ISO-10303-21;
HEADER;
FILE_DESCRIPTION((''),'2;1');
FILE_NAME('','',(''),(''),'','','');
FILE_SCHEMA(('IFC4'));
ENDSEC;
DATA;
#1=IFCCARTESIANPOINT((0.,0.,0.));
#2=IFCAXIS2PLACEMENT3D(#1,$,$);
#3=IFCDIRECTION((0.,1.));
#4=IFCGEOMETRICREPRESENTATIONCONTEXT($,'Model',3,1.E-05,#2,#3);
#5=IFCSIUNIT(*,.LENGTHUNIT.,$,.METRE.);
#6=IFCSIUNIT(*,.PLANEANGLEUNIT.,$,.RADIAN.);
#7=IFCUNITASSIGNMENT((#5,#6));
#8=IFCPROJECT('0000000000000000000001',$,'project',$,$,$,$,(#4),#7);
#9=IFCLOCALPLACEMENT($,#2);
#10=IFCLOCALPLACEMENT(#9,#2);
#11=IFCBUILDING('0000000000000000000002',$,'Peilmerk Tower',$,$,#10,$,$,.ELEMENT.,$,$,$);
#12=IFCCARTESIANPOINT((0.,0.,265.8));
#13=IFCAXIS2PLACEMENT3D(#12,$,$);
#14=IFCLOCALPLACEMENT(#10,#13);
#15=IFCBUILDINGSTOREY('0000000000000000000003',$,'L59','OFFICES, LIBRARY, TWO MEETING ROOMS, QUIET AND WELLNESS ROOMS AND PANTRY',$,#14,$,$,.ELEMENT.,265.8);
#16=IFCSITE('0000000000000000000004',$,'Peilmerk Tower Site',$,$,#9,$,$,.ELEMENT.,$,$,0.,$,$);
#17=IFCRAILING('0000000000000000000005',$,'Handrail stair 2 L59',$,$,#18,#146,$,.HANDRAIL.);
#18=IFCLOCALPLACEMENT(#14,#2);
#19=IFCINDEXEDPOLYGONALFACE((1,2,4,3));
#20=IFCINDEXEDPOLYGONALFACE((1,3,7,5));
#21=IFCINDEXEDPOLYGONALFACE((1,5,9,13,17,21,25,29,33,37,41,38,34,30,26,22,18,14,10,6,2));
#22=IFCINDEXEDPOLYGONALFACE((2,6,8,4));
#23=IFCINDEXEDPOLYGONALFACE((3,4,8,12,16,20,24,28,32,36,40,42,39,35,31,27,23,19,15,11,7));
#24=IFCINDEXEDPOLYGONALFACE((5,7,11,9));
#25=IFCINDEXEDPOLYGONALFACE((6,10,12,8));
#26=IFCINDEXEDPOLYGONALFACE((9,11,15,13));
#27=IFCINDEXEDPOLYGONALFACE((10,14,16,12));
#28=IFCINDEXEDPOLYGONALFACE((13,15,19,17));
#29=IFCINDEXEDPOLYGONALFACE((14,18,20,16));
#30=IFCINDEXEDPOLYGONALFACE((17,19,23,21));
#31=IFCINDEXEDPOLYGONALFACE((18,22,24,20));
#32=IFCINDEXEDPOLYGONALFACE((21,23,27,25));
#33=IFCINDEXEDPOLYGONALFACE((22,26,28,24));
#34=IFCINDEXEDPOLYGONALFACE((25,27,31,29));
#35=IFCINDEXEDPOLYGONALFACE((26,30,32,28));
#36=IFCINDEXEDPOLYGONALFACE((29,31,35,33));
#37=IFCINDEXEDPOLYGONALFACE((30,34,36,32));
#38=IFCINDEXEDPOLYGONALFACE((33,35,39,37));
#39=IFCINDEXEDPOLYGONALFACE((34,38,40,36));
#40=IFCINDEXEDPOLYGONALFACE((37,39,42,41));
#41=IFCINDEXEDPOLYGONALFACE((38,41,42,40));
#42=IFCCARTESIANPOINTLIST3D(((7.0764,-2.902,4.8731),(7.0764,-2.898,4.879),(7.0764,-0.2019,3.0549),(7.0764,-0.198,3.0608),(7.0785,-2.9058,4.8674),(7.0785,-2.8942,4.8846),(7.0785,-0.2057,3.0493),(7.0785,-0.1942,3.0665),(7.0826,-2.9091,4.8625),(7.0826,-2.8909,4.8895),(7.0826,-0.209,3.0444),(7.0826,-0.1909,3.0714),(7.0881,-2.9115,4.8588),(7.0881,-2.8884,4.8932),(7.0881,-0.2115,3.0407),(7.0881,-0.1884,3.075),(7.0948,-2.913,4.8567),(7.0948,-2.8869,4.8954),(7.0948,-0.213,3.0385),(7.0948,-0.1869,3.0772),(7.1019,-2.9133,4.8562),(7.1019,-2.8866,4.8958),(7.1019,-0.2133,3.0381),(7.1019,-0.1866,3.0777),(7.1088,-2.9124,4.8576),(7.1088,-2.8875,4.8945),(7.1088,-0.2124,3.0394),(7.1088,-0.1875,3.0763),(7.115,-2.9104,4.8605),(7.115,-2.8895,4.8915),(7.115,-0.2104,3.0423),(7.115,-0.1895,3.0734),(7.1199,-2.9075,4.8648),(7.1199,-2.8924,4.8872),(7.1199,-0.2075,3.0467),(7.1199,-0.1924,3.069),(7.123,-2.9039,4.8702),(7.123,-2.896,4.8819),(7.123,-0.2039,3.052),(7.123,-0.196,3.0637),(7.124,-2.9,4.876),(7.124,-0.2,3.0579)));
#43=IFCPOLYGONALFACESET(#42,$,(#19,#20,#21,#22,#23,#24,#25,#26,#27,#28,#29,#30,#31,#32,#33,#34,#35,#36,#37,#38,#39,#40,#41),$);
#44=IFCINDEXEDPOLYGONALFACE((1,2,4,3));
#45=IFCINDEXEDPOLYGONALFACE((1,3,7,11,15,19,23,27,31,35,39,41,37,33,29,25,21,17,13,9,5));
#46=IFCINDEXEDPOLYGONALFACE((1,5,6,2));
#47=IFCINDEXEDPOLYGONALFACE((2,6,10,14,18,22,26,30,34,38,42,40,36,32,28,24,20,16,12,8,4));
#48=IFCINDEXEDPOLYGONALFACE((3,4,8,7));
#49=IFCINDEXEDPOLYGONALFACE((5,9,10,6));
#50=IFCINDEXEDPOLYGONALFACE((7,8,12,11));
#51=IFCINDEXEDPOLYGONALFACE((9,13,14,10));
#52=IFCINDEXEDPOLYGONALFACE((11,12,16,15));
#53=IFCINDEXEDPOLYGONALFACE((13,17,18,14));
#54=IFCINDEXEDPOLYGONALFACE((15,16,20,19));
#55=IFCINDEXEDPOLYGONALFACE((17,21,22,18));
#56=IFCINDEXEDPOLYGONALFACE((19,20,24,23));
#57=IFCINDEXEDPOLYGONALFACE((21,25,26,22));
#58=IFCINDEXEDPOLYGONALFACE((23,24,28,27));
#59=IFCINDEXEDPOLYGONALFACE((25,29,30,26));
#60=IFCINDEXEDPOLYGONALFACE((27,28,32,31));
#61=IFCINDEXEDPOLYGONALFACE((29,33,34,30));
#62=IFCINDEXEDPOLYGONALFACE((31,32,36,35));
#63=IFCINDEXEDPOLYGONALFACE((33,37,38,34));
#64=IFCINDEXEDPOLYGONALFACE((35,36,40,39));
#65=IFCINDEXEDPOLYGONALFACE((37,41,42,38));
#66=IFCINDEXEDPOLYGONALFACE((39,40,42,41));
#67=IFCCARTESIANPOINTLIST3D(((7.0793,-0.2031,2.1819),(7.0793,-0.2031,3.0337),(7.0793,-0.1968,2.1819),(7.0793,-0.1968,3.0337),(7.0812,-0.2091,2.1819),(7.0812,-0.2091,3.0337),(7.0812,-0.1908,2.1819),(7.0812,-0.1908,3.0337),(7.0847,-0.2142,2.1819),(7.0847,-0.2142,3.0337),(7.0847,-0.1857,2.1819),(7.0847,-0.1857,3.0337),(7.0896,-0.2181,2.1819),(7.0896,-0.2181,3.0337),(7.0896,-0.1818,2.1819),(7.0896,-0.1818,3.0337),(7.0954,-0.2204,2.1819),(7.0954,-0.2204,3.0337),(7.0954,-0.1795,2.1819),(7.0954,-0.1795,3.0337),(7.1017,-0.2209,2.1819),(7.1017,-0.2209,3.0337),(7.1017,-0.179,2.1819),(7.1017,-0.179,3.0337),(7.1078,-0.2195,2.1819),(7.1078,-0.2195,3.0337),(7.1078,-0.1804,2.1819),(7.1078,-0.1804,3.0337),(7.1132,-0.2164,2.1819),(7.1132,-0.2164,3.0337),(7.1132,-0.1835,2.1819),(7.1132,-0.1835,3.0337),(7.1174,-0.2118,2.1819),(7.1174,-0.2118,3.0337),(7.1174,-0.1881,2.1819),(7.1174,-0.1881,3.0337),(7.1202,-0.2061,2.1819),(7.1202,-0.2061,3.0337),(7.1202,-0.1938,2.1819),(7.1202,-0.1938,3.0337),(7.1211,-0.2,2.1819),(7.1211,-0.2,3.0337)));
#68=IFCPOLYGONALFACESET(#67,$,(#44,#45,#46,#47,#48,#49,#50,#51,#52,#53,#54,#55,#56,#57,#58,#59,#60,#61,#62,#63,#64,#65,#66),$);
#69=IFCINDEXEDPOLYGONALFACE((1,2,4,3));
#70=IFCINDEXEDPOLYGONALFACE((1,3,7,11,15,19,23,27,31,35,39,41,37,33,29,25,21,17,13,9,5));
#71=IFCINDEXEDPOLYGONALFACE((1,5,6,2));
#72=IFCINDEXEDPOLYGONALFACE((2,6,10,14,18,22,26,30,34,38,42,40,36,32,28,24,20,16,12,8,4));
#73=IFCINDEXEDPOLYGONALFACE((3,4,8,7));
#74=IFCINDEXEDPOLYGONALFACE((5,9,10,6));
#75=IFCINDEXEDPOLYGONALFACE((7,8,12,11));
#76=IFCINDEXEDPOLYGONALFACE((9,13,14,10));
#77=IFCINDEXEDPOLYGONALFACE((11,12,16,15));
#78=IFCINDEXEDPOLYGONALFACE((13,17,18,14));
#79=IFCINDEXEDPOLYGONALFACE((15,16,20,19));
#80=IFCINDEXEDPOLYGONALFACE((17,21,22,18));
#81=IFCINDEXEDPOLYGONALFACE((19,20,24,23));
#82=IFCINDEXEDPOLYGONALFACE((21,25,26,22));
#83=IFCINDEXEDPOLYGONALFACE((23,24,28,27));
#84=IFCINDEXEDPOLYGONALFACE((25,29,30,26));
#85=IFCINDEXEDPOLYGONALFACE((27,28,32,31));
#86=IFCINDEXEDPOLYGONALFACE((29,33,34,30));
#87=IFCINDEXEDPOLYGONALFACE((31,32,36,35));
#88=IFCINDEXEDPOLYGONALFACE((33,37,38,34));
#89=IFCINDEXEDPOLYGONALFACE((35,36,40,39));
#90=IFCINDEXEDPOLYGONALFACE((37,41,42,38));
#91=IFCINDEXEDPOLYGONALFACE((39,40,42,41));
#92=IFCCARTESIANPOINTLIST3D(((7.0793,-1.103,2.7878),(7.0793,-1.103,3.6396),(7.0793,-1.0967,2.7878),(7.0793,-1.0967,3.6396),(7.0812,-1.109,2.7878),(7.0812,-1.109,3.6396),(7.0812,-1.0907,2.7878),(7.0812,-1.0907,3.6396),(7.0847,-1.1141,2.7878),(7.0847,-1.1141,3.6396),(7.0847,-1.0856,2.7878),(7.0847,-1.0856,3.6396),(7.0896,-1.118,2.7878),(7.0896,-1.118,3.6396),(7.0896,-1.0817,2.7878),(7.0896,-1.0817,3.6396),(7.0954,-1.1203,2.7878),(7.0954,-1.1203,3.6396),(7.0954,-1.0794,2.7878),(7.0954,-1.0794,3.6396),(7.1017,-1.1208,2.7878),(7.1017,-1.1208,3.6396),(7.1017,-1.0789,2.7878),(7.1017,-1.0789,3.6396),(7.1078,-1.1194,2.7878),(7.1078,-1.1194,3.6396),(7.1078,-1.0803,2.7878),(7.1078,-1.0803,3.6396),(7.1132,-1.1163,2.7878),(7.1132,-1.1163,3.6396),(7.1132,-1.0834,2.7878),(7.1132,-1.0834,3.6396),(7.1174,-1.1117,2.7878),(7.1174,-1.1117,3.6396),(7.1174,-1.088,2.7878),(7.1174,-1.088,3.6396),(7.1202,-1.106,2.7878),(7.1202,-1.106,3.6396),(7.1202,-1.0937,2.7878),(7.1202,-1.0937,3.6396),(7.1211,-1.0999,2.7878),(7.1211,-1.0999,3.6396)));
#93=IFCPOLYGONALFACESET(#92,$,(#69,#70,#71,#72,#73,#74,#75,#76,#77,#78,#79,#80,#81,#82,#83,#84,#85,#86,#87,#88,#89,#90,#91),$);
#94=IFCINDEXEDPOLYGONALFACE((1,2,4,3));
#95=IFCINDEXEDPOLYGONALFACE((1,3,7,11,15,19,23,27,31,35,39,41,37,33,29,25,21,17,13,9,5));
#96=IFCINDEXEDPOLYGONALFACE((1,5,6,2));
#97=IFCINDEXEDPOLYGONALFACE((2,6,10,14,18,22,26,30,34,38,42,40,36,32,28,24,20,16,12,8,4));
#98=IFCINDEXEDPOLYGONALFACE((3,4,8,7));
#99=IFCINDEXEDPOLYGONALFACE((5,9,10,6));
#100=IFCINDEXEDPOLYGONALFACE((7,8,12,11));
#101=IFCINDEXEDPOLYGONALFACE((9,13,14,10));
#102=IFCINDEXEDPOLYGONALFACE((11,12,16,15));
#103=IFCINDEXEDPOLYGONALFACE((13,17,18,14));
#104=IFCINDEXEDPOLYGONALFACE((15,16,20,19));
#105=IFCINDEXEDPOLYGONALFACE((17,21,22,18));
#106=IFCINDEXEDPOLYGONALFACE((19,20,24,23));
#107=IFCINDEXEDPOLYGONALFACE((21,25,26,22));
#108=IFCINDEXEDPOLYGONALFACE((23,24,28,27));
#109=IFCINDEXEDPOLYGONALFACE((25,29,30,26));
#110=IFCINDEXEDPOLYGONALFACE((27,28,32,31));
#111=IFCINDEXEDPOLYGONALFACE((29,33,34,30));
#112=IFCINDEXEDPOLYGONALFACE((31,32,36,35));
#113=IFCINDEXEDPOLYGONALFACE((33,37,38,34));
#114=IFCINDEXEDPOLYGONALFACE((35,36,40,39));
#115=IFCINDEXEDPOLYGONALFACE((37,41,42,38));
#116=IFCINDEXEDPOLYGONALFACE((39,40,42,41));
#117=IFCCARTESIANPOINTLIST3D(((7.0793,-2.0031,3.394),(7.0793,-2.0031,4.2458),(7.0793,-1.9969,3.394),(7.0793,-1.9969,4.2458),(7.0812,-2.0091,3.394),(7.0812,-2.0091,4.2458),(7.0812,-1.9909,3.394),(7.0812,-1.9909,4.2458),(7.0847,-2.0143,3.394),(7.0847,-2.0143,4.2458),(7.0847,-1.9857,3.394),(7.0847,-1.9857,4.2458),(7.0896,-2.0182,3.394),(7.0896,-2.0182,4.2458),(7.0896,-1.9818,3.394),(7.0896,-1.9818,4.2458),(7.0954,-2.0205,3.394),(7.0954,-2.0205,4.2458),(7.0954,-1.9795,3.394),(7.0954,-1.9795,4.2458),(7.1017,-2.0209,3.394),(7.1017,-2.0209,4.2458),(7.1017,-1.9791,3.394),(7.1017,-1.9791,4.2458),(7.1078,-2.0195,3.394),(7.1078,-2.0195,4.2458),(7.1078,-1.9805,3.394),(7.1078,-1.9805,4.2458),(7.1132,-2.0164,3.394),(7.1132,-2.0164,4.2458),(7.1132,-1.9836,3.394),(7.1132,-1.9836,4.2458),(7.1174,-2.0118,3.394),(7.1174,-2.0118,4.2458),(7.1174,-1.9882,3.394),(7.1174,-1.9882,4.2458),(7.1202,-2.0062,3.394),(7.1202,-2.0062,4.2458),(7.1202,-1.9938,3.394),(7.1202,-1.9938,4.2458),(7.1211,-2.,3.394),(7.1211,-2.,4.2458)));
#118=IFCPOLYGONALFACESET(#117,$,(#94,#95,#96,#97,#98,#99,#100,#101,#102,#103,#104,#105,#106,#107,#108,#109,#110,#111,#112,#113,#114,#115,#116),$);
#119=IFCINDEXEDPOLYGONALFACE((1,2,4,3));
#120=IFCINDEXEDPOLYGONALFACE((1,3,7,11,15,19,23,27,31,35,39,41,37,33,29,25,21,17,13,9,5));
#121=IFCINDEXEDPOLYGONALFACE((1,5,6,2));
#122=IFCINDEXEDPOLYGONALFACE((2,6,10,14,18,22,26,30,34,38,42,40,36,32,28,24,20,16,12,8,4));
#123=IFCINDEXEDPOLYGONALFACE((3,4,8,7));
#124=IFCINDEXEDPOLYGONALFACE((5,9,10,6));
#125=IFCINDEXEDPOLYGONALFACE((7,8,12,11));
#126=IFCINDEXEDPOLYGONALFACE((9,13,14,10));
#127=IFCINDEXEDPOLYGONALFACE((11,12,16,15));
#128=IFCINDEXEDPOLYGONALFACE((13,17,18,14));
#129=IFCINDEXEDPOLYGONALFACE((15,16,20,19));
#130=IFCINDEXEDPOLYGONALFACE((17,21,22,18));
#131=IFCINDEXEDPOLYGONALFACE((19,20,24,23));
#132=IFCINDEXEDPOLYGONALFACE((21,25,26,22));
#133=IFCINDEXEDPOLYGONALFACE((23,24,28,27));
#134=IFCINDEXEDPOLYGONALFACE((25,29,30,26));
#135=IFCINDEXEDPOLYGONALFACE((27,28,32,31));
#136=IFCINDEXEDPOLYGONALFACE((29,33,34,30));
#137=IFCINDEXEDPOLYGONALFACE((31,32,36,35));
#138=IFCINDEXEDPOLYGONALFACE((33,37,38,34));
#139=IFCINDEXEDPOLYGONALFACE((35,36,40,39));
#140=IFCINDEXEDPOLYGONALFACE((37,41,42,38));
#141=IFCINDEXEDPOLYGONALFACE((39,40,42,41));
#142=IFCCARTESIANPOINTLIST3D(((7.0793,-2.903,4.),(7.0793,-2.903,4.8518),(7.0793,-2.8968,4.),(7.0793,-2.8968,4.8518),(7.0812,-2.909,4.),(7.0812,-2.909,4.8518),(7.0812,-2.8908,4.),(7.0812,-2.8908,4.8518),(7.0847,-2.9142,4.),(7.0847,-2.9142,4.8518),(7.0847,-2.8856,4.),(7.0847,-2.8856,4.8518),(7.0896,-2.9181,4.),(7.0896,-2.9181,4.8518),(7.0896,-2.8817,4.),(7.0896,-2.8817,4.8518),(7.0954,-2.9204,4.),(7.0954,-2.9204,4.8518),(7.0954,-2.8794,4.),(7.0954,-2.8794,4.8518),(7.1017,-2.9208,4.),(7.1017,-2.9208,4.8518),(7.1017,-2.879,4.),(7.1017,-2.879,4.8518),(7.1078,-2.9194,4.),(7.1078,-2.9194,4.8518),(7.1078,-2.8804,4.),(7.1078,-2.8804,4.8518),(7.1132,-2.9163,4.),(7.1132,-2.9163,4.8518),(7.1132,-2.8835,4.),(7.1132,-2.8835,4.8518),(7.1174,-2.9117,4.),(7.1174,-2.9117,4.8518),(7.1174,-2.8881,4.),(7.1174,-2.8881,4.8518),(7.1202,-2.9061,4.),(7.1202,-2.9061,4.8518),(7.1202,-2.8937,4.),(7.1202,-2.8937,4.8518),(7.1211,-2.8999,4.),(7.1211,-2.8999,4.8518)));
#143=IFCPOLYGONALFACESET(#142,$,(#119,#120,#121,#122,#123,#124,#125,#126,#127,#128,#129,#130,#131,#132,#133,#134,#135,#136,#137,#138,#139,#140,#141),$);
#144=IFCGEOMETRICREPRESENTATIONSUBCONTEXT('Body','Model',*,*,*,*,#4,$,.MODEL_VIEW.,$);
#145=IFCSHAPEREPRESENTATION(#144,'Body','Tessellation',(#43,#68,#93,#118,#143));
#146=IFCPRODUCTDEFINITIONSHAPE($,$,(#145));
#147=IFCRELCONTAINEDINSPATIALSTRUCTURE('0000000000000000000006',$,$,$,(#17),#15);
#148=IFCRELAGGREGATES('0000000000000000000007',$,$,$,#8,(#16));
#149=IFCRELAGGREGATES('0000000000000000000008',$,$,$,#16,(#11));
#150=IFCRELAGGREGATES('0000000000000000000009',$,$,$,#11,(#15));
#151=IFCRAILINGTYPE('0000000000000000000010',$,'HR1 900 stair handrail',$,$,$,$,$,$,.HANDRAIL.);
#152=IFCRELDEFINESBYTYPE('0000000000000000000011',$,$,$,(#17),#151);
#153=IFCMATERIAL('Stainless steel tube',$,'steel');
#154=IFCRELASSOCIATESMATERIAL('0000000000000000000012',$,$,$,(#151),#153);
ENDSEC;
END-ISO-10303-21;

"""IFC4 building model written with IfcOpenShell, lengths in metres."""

from ifc_helpers import new_model, si_unit, direction, frame, origin, origin_2d, place, context, subcontext, project, spatial, circle, extrude, material, type_object, element, save


model = new_model("IFC4")

# Units and contexts
model_context = context("Model", 3, precision=1e-05, world=origin(), true_north=direction((0.0, 1.0)))
body_context = subcontext(model_context, "Body", "Model", "MODEL_VIEW")
ifc_project = project(units=[si_unit("LENGTHUNIT", "METRE"), si_unit("PLANEANGLEUNIT", "RADIAN")], contexts=[model_context])

# Site, building, storey
site_placement = place(None, origin())
site = spatial("IfcSite", under=ifc_project, at=site_placement, Name="Peilmerk Tower Site", CompositionType="ELEMENT", RefElevation=0.0)
building_placement = place(site_placement, origin())
building = spatial("IfcBuilding", under=site, at=building_placement, Name="Peilmerk Tower", CompositionType="ELEMENT")
storey_placement = place(building_placement, frame((0.0, 0.0, 265.8)))
storey = spatial("IfcBuildingStorey", under=building, at=storey_placement, Name="L59", Description="OFFICES, LIBRARY, TWO MEETING ROOMS, QUIET AND WELLNESS ROOMS AND PANTRY", CompositionType="ELEMENT", Elevation=265.8)

# Railing
ifc_material_1 = material(Name="Stainless steel tube", Category="steel")
railing_type_1 = type_object("IfcRailingType", Name="HR1 900 stair handrail", PredefinedType="HANDRAIL", material=ifc_material_1)
railing_1_placement = place(storey_placement, frame((7.1001, -0.2, 2.1819)))
element("IfcRailing", 1, at=railing_1_placement, inside=storey, type_object=railing_type_1, Name="Handrail stair 2 L59", PredefinedType="HANDRAIL", context=body_context, shape_type="SweptSolid", body=[
    extrude(circle(Radius=0.0239, at=origin_2d()), frame((0.0, 0.0, 0.876), z_axis=(0.0, -0.829468, 0.558554), x_axis=(1.0, 0.0, 0.0)), (0.0, 0.0, 1.0), 3.2551),
    extrude(circle(Radius=0.021, at=origin_2d()), origin(), (0.0, 0.0, 1.0), 0.8518),
    extrude(circle(Radius=0.021, at=origin_2d()), frame((0.0, -0.8999, 0.606)), (0.0, 0.0, 1.0), 0.8518),
    extrude(circle(Radius=0.021, at=origin_2d()), frame((0.0, -1.8, 1.2122)), (0.0, 0.0, 1.0), 0.8518),
    extrude(circle(Radius=0.021, at=origin_2d()), frame((0.0, -2.7, 1.8181)), (0.0, 0.0, 1.0), 0.8518),
])

save(model, "model.ifc")
